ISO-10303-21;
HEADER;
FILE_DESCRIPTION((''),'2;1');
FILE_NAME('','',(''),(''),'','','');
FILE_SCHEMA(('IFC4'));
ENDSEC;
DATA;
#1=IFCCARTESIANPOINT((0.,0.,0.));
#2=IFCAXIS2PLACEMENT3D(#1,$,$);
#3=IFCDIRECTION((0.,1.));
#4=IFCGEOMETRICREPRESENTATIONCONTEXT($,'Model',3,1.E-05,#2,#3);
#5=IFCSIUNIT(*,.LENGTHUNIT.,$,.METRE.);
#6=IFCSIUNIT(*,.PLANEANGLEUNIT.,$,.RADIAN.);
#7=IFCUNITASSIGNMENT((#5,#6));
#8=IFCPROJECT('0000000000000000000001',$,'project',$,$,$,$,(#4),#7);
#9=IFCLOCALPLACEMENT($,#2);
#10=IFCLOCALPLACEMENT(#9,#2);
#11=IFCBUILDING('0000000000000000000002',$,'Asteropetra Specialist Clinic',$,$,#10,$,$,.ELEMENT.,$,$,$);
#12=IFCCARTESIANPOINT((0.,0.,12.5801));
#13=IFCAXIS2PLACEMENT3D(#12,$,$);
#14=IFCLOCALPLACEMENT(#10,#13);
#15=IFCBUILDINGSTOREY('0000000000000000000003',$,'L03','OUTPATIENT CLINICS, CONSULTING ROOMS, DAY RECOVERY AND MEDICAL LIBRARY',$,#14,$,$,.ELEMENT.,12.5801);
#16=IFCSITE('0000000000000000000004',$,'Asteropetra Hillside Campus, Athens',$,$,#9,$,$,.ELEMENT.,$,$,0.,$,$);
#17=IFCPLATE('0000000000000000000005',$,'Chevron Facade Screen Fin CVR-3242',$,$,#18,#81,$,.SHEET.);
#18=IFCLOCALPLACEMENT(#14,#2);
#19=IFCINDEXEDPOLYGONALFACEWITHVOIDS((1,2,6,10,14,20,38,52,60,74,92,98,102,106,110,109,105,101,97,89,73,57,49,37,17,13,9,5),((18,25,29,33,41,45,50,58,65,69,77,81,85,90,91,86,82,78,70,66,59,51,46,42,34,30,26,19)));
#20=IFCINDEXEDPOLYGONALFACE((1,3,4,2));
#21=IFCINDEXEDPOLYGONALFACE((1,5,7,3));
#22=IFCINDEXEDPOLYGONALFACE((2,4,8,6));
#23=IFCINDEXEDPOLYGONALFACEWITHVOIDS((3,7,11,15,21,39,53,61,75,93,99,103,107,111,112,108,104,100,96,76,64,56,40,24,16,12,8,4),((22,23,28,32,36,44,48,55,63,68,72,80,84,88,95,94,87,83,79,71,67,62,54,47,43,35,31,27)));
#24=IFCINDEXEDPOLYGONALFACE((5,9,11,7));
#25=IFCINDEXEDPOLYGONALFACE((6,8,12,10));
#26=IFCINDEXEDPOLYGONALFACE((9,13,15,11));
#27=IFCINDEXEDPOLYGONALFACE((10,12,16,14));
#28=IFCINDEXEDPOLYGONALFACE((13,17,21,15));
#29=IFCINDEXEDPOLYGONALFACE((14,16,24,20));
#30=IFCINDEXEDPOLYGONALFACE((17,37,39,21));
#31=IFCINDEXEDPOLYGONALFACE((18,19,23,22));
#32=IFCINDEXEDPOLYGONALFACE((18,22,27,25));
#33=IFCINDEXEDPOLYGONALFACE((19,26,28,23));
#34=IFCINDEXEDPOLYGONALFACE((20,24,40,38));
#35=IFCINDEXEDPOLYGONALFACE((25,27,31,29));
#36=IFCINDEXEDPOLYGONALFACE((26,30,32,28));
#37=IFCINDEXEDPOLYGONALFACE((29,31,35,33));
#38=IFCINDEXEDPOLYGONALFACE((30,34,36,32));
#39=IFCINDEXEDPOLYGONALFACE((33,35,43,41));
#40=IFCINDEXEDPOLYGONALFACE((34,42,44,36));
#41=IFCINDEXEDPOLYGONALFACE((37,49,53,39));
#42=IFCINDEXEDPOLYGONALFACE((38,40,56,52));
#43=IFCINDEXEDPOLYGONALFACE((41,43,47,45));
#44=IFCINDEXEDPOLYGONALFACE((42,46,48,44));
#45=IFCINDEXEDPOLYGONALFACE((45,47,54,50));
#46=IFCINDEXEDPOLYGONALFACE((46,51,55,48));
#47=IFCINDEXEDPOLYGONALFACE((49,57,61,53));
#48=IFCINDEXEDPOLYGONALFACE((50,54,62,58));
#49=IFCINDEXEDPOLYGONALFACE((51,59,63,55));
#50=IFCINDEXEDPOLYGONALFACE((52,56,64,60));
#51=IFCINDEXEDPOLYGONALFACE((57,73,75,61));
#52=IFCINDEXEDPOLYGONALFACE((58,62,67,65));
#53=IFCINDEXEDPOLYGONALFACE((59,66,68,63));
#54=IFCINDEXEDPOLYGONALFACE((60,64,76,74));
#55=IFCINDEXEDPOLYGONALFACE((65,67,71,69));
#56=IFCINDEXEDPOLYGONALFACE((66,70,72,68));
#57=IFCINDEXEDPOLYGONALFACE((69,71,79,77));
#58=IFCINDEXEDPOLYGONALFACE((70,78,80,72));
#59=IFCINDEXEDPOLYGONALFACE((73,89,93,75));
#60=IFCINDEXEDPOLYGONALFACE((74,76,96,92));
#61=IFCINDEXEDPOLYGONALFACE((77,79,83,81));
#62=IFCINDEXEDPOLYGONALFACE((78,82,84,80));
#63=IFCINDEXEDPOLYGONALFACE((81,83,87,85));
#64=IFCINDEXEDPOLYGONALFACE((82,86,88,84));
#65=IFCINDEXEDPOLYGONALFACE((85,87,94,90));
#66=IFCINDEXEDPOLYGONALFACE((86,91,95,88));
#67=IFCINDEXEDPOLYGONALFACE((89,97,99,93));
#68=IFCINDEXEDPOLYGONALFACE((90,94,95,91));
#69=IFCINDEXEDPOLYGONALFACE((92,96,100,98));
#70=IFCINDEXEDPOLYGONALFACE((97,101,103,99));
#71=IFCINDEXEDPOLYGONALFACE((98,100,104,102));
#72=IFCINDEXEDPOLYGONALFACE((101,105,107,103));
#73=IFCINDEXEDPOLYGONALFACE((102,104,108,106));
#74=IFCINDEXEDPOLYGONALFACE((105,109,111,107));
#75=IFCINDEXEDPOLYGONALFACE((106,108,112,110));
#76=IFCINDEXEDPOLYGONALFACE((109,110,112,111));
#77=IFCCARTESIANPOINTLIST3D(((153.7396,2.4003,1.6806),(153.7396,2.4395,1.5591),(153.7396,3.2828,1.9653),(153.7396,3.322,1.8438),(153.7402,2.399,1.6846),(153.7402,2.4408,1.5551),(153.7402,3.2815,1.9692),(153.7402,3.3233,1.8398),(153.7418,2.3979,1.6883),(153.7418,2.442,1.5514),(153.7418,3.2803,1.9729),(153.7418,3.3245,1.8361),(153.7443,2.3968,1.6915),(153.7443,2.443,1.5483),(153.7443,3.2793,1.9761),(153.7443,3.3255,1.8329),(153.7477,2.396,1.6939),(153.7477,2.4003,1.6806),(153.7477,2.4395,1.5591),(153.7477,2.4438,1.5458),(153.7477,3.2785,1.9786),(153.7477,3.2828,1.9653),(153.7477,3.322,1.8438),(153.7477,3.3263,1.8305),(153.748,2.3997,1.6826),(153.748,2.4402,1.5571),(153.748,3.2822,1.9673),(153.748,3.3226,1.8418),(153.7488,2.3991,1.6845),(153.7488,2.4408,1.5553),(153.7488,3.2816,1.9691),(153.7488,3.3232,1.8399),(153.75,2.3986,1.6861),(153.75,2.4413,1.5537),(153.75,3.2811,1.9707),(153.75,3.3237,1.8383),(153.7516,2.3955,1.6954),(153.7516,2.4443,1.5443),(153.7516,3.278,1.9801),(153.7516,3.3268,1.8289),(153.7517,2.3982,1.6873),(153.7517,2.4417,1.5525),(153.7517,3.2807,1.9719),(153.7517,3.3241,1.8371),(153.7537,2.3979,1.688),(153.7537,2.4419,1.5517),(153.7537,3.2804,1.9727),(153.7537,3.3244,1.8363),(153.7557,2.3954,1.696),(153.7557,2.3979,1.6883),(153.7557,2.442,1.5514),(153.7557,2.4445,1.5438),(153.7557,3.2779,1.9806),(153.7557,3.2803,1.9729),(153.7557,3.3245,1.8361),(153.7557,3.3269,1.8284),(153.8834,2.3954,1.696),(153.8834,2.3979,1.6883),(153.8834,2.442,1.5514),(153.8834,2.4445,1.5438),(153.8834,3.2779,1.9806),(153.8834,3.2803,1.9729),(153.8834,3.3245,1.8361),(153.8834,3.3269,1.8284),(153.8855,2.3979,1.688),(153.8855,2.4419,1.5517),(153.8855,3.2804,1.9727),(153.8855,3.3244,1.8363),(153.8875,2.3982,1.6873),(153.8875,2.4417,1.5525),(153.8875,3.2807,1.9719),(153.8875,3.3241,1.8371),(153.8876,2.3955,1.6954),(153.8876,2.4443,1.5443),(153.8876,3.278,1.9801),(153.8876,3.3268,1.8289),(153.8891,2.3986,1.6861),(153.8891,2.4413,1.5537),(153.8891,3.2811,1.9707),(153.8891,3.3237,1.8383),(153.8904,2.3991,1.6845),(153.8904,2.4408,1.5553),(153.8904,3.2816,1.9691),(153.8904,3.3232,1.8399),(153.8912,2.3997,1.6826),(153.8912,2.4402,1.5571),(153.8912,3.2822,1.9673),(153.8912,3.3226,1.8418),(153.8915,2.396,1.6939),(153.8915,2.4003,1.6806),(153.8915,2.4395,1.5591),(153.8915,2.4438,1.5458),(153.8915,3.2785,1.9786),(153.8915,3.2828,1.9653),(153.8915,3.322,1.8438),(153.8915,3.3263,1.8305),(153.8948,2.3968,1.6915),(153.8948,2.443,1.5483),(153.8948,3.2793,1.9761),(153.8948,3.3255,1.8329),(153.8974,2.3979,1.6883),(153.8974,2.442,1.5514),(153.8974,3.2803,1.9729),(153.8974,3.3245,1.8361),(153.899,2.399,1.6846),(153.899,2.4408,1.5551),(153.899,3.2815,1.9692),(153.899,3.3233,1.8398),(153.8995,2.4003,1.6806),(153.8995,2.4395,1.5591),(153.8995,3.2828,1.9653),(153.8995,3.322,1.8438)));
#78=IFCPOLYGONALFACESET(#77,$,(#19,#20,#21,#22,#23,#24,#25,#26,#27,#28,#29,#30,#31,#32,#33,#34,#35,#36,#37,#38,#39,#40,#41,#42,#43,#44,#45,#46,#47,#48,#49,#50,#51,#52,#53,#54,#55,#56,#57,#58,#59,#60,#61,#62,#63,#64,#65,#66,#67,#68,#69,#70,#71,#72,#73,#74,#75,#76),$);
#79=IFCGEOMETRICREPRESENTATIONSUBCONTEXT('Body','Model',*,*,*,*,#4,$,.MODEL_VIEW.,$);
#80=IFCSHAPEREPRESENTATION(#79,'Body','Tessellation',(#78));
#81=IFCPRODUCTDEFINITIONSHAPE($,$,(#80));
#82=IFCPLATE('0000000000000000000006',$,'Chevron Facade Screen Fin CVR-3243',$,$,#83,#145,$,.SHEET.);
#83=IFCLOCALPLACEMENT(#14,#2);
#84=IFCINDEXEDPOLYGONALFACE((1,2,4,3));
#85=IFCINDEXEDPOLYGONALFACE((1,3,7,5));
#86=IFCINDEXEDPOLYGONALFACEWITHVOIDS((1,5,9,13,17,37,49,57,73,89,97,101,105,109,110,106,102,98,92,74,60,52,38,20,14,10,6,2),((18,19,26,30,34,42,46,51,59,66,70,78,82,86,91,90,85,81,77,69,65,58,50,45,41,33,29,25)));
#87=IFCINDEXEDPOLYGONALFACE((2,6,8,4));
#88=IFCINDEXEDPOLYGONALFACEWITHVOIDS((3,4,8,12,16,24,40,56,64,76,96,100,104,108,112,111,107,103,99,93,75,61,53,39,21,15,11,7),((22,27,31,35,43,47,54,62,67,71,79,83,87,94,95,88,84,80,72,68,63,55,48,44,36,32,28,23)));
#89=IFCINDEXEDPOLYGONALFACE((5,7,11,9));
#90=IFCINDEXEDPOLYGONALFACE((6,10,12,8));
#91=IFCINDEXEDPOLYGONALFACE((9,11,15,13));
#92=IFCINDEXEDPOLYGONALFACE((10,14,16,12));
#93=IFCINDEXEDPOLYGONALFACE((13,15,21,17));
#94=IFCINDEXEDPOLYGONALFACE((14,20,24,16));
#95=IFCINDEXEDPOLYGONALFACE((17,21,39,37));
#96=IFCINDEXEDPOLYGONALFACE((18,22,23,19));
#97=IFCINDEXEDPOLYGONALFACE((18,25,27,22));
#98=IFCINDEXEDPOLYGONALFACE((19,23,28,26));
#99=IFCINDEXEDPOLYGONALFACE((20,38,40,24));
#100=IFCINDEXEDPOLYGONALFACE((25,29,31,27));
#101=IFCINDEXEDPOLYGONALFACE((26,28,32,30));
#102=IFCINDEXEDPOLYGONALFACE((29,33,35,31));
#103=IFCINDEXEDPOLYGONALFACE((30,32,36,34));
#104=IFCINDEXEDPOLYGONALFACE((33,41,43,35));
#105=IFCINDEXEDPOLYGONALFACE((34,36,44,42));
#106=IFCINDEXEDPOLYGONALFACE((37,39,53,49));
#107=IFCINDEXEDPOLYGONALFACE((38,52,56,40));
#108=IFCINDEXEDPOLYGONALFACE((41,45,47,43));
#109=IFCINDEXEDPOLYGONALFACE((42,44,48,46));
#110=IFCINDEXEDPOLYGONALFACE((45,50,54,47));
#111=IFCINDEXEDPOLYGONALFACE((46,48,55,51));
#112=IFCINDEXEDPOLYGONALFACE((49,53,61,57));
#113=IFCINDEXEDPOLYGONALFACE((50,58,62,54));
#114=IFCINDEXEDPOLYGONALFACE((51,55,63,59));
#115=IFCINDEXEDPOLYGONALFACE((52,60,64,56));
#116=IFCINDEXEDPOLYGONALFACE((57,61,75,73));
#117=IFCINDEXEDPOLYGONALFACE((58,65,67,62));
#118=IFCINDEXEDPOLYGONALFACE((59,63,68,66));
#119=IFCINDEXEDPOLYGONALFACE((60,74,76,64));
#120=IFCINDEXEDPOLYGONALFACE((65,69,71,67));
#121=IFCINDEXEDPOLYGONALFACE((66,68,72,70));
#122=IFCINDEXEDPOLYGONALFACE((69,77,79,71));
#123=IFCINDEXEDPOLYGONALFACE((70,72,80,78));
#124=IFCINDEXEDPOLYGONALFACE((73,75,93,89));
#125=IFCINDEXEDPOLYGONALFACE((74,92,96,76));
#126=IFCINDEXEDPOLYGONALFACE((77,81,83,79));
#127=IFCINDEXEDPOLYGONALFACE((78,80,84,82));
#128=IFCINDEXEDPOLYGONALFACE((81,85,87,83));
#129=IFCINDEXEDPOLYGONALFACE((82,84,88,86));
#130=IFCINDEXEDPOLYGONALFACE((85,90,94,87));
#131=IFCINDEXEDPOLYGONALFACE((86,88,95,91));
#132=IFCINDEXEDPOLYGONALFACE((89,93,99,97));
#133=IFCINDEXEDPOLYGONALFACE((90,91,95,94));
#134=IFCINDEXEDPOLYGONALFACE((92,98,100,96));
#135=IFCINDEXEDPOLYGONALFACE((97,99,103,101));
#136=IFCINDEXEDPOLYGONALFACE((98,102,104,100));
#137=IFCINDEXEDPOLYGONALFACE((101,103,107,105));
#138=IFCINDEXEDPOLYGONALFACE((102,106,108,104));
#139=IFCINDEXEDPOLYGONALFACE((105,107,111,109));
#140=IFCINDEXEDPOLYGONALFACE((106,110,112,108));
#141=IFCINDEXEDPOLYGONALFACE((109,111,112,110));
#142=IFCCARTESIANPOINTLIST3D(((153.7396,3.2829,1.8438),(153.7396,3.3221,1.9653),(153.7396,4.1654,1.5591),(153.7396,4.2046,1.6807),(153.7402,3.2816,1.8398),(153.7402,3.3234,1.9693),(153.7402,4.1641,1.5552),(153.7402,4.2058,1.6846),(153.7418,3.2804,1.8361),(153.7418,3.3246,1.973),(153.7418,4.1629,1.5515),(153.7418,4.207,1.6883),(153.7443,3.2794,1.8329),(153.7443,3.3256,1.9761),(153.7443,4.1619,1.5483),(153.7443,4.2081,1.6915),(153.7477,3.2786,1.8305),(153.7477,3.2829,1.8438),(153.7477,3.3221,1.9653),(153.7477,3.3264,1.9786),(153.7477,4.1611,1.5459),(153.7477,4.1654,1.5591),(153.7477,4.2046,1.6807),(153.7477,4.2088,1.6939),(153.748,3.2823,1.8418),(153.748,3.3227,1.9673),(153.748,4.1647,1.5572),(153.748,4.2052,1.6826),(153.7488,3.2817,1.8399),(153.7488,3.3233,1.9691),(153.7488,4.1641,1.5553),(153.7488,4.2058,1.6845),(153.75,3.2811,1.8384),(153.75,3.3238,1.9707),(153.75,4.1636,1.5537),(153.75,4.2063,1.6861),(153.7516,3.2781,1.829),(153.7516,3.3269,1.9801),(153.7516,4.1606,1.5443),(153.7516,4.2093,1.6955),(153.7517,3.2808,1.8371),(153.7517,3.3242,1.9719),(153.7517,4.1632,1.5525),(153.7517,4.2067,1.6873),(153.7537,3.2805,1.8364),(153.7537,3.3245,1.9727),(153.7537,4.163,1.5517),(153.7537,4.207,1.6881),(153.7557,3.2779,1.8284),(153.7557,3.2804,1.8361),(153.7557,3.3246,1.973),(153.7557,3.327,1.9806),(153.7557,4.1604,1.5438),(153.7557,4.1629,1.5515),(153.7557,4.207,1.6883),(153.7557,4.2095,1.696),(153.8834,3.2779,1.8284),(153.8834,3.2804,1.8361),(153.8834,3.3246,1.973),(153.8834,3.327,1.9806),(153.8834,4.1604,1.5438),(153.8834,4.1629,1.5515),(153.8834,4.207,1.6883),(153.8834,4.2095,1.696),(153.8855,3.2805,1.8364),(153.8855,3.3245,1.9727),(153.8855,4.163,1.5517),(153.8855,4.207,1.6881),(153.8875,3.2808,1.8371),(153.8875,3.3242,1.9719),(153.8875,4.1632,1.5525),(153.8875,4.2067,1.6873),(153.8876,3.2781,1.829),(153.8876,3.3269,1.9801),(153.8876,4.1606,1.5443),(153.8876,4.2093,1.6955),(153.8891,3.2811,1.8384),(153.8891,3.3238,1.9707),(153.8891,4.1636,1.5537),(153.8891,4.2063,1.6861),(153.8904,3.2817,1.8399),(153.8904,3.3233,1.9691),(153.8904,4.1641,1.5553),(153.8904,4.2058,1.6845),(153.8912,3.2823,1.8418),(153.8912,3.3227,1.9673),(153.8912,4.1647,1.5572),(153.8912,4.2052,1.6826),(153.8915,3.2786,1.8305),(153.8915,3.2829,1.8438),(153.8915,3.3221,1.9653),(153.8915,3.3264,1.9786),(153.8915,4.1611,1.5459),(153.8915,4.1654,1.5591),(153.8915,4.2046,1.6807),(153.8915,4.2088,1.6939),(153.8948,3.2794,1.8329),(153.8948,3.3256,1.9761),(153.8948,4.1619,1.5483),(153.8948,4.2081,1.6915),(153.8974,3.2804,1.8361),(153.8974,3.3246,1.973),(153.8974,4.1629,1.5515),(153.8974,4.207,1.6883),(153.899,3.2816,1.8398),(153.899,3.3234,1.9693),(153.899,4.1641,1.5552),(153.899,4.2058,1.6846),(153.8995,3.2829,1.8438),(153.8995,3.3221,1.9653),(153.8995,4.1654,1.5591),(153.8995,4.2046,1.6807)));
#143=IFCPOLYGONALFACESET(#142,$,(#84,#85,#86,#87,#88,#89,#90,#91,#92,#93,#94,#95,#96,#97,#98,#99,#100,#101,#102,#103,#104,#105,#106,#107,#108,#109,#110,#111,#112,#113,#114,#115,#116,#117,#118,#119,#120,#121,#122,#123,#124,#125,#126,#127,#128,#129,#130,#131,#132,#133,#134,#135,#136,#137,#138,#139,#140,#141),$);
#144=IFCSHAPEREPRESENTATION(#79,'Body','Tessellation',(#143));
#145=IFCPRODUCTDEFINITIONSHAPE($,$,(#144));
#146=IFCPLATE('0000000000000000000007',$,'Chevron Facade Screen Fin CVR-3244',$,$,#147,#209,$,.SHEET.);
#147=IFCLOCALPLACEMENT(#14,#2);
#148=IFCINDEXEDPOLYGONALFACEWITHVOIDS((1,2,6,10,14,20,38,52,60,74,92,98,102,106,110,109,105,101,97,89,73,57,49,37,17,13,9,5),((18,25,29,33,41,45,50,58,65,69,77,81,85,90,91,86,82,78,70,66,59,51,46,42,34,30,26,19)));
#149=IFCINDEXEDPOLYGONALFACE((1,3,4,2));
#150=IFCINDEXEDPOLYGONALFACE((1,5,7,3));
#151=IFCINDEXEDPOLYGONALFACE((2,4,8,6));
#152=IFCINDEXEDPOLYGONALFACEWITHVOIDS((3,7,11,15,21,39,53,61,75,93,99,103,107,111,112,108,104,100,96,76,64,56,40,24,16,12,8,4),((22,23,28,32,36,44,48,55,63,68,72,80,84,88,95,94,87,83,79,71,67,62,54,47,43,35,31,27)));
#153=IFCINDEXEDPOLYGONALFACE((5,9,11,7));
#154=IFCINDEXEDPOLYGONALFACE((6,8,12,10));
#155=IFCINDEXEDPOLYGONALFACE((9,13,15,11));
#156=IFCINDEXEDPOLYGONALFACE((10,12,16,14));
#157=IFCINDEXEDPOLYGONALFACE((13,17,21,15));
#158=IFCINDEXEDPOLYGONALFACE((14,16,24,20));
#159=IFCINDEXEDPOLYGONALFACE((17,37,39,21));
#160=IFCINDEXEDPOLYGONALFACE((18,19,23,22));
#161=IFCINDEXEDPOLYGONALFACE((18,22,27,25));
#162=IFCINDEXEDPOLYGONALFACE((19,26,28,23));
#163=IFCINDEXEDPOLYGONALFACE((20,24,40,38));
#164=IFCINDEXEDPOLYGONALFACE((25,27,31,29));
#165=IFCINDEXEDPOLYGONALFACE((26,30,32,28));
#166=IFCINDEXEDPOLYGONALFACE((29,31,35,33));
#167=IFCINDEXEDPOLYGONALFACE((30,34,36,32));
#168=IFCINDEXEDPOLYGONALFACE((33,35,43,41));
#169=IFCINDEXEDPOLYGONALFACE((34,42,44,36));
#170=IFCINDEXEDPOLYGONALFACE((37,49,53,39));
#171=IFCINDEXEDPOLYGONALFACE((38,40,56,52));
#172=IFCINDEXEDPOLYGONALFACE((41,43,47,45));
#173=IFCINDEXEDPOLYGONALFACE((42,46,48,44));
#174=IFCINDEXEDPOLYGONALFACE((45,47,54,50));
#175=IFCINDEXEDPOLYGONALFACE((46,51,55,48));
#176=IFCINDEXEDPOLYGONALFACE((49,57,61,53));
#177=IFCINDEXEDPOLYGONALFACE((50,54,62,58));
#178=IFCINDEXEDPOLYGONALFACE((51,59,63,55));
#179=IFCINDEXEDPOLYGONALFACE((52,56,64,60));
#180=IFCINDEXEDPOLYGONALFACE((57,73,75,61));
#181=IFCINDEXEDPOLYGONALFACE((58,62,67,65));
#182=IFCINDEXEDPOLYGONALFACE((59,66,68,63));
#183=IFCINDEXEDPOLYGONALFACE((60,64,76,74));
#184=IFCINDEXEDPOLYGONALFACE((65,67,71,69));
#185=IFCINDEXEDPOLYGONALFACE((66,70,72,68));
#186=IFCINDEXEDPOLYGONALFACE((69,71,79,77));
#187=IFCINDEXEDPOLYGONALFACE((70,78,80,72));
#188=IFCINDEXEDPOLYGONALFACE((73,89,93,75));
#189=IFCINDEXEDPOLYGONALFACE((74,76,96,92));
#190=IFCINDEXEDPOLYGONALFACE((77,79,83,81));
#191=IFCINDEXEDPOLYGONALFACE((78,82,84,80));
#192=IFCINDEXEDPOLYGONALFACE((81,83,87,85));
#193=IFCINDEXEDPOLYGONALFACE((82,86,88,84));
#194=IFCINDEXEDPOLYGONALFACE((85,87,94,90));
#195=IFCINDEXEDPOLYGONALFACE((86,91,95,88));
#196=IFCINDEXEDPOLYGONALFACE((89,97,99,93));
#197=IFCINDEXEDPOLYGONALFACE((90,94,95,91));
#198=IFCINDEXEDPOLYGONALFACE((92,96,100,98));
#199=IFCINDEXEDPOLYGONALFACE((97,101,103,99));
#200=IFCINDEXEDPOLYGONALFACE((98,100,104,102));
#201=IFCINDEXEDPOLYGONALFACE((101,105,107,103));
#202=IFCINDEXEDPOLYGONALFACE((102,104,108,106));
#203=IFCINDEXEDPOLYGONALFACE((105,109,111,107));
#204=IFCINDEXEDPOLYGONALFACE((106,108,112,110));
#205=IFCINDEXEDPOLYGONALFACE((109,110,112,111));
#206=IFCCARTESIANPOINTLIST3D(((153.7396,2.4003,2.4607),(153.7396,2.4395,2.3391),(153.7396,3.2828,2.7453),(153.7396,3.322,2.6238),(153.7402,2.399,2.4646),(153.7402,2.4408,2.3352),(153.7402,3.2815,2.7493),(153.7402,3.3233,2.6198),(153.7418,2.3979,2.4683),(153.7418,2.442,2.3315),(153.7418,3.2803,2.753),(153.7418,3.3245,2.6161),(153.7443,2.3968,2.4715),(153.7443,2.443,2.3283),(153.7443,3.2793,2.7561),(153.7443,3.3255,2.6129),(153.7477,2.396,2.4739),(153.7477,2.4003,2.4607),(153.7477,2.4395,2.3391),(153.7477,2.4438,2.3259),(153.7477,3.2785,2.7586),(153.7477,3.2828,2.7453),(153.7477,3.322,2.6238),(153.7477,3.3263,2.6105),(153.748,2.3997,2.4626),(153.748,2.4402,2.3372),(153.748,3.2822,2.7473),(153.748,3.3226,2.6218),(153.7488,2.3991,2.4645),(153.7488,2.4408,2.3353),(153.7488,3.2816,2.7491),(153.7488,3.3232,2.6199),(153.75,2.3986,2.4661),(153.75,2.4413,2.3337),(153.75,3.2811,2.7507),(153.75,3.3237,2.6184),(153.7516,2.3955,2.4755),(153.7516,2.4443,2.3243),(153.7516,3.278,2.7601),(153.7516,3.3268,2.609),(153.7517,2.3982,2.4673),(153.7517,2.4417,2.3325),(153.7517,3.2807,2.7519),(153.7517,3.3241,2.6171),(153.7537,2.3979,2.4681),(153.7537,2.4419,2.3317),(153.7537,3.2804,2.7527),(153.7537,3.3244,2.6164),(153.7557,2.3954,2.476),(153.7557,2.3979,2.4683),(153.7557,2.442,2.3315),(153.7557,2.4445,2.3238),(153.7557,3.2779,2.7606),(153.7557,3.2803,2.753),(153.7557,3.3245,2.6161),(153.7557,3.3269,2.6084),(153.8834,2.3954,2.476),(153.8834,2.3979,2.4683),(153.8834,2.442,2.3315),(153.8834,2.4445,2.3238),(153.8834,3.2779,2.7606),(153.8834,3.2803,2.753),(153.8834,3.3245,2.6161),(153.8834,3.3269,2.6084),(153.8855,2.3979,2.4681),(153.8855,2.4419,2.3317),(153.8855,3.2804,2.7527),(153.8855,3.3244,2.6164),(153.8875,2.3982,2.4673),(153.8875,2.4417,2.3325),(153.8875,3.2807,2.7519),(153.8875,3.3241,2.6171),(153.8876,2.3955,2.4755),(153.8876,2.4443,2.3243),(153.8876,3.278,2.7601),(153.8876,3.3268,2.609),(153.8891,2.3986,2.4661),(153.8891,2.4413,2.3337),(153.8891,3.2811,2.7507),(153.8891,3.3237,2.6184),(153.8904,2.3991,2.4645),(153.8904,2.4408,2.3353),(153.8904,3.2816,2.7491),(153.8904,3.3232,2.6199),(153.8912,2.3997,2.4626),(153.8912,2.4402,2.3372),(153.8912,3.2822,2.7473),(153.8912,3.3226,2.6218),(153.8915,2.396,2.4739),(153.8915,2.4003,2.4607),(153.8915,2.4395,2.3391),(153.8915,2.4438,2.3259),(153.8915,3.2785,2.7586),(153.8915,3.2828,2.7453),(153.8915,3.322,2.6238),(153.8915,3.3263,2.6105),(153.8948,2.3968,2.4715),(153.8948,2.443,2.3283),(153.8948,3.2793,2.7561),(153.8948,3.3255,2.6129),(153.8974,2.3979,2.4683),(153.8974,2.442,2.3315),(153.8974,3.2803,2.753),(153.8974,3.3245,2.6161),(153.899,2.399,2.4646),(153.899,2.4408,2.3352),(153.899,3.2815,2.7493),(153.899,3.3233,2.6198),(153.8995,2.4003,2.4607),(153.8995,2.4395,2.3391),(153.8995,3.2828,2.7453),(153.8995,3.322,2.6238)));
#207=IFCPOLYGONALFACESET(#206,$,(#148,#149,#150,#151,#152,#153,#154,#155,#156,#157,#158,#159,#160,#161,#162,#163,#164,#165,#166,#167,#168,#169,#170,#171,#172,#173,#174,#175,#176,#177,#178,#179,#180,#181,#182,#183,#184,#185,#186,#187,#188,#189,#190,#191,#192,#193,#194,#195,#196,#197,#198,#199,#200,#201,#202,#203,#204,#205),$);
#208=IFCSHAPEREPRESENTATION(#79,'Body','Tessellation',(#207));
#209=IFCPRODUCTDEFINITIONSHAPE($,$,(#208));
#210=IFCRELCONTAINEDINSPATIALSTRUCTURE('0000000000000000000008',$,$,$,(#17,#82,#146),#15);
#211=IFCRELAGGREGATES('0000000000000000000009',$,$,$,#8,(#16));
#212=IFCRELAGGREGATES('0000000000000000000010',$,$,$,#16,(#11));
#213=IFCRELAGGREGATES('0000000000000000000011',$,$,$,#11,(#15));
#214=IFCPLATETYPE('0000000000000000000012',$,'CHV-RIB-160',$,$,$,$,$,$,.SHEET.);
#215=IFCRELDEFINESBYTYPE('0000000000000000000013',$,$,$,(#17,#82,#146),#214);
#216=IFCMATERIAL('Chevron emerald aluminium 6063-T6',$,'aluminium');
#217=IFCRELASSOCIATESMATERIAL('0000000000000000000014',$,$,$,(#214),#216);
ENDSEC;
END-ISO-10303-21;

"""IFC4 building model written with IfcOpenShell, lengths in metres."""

from ifc_helpers import new_model, si_unit, direction, frame, origin, origin_2d, place, context, subcontext, project, spatial, hollow_rectangle, extrude, material, material_profile, profile_set, type_object, element, save


model = new_model("IFC4")

# Units and contexts
model_context = context("Model", 3, precision=1e-05, world=origin(), true_north=direction((0.0, 1.0)))
body_context = subcontext(model_context, "Body", "Model", "MODEL_VIEW")
ifc_project = project(units=[si_unit("LENGTHUNIT", "METRE"), si_unit("PLANEANGLEUNIT", "RADIAN")], contexts=[model_context])

# Site, building, storey
site_placement = place(None, origin())
site = spatial("IfcSite", under=ifc_project, at=site_placement, Name="Asteropetra Hillside Campus, Athens", CompositionType="ELEMENT", RefElevation=0.0)
building_placement = place(site_placement, origin())
building = spatial("IfcBuilding", under=site, at=building_placement, Name="Asteropetra Specialist Clinic", CompositionType="ELEMENT")
storey_placement = place(building_placement, frame((0.0, 0.0, 12.5801)))
storey = spatial("IfcBuildingStorey", under=building, at=storey_placement, Name="L03", Description="OUTPATIENT CLINICS, CONSULTING ROOMS, DAY RECOVERY AND MEDICAL LIBRARY", CompositionType="ELEMENT", Elevation=12.5801)

# Plates
ifc_material_1 = material(Name="Chevron emerald aluminium 6063-T6", Category="aluminium")
ifc_material_profile = material_profile(ifc_material_1, hollow_rectangle(XDim=0.1599, YDim=0.1599, WallThickness=0.0081, InnerFilletRadius=0.0081, OuterFilletRadius=0.0161, at=origin_2d()), Name="SHS 160x160x8.0")
ifc_profile_set = profile_set([ifc_material_profile], Name="Chevron emerald aluminium 6063-T6")
plate_type_1 = type_object("IfcPlateType", Name="CHV-RIB-160", PredefinedType="SHEET", material=ifc_profile_set)
for number, where, z_axis, x_axis, name in (
    (1, (153.8196, 2.4199, 1.6199), (0.0, 0.951719, 0.306972), (-1.0, 0.0, 0.0), "Chevron Facade Screen Fin CVR-3242"),
    (2, (153.8196, 3.3025, 1.9045), (0.0, 0.951719, -0.306972), (-1.0, 0.0, 0.0), "Chevron Facade Screen Fin CVR-3243"),
    (3, (153.8196, 2.4199, 2.3999), (0.0, 0.951719, 0.306972), (-1.0, 0.0, 0.0), "Chevron Facade Screen Fin CVR-3244"),
):
    element("IfcPlate", number, at=place(storey_placement, frame(where, z_axis=z_axis, x_axis=x_axis)), inside=storey, type_object=plate_type_1, Name=name, PredefinedType="SHEET", context=body_context, shape_type="SweptSolid", body=[
        extrude(hollow_rectangle(XDim=0.1599, YDim=0.1599, WallThickness=0.0081, InnerFilletRadius=0.0081, OuterFilletRadius=0.0161, at=origin_2d()), origin(), (0.0, 0.0, 1.0), 0.9272),
    ])

save(model, "model.ifc")
